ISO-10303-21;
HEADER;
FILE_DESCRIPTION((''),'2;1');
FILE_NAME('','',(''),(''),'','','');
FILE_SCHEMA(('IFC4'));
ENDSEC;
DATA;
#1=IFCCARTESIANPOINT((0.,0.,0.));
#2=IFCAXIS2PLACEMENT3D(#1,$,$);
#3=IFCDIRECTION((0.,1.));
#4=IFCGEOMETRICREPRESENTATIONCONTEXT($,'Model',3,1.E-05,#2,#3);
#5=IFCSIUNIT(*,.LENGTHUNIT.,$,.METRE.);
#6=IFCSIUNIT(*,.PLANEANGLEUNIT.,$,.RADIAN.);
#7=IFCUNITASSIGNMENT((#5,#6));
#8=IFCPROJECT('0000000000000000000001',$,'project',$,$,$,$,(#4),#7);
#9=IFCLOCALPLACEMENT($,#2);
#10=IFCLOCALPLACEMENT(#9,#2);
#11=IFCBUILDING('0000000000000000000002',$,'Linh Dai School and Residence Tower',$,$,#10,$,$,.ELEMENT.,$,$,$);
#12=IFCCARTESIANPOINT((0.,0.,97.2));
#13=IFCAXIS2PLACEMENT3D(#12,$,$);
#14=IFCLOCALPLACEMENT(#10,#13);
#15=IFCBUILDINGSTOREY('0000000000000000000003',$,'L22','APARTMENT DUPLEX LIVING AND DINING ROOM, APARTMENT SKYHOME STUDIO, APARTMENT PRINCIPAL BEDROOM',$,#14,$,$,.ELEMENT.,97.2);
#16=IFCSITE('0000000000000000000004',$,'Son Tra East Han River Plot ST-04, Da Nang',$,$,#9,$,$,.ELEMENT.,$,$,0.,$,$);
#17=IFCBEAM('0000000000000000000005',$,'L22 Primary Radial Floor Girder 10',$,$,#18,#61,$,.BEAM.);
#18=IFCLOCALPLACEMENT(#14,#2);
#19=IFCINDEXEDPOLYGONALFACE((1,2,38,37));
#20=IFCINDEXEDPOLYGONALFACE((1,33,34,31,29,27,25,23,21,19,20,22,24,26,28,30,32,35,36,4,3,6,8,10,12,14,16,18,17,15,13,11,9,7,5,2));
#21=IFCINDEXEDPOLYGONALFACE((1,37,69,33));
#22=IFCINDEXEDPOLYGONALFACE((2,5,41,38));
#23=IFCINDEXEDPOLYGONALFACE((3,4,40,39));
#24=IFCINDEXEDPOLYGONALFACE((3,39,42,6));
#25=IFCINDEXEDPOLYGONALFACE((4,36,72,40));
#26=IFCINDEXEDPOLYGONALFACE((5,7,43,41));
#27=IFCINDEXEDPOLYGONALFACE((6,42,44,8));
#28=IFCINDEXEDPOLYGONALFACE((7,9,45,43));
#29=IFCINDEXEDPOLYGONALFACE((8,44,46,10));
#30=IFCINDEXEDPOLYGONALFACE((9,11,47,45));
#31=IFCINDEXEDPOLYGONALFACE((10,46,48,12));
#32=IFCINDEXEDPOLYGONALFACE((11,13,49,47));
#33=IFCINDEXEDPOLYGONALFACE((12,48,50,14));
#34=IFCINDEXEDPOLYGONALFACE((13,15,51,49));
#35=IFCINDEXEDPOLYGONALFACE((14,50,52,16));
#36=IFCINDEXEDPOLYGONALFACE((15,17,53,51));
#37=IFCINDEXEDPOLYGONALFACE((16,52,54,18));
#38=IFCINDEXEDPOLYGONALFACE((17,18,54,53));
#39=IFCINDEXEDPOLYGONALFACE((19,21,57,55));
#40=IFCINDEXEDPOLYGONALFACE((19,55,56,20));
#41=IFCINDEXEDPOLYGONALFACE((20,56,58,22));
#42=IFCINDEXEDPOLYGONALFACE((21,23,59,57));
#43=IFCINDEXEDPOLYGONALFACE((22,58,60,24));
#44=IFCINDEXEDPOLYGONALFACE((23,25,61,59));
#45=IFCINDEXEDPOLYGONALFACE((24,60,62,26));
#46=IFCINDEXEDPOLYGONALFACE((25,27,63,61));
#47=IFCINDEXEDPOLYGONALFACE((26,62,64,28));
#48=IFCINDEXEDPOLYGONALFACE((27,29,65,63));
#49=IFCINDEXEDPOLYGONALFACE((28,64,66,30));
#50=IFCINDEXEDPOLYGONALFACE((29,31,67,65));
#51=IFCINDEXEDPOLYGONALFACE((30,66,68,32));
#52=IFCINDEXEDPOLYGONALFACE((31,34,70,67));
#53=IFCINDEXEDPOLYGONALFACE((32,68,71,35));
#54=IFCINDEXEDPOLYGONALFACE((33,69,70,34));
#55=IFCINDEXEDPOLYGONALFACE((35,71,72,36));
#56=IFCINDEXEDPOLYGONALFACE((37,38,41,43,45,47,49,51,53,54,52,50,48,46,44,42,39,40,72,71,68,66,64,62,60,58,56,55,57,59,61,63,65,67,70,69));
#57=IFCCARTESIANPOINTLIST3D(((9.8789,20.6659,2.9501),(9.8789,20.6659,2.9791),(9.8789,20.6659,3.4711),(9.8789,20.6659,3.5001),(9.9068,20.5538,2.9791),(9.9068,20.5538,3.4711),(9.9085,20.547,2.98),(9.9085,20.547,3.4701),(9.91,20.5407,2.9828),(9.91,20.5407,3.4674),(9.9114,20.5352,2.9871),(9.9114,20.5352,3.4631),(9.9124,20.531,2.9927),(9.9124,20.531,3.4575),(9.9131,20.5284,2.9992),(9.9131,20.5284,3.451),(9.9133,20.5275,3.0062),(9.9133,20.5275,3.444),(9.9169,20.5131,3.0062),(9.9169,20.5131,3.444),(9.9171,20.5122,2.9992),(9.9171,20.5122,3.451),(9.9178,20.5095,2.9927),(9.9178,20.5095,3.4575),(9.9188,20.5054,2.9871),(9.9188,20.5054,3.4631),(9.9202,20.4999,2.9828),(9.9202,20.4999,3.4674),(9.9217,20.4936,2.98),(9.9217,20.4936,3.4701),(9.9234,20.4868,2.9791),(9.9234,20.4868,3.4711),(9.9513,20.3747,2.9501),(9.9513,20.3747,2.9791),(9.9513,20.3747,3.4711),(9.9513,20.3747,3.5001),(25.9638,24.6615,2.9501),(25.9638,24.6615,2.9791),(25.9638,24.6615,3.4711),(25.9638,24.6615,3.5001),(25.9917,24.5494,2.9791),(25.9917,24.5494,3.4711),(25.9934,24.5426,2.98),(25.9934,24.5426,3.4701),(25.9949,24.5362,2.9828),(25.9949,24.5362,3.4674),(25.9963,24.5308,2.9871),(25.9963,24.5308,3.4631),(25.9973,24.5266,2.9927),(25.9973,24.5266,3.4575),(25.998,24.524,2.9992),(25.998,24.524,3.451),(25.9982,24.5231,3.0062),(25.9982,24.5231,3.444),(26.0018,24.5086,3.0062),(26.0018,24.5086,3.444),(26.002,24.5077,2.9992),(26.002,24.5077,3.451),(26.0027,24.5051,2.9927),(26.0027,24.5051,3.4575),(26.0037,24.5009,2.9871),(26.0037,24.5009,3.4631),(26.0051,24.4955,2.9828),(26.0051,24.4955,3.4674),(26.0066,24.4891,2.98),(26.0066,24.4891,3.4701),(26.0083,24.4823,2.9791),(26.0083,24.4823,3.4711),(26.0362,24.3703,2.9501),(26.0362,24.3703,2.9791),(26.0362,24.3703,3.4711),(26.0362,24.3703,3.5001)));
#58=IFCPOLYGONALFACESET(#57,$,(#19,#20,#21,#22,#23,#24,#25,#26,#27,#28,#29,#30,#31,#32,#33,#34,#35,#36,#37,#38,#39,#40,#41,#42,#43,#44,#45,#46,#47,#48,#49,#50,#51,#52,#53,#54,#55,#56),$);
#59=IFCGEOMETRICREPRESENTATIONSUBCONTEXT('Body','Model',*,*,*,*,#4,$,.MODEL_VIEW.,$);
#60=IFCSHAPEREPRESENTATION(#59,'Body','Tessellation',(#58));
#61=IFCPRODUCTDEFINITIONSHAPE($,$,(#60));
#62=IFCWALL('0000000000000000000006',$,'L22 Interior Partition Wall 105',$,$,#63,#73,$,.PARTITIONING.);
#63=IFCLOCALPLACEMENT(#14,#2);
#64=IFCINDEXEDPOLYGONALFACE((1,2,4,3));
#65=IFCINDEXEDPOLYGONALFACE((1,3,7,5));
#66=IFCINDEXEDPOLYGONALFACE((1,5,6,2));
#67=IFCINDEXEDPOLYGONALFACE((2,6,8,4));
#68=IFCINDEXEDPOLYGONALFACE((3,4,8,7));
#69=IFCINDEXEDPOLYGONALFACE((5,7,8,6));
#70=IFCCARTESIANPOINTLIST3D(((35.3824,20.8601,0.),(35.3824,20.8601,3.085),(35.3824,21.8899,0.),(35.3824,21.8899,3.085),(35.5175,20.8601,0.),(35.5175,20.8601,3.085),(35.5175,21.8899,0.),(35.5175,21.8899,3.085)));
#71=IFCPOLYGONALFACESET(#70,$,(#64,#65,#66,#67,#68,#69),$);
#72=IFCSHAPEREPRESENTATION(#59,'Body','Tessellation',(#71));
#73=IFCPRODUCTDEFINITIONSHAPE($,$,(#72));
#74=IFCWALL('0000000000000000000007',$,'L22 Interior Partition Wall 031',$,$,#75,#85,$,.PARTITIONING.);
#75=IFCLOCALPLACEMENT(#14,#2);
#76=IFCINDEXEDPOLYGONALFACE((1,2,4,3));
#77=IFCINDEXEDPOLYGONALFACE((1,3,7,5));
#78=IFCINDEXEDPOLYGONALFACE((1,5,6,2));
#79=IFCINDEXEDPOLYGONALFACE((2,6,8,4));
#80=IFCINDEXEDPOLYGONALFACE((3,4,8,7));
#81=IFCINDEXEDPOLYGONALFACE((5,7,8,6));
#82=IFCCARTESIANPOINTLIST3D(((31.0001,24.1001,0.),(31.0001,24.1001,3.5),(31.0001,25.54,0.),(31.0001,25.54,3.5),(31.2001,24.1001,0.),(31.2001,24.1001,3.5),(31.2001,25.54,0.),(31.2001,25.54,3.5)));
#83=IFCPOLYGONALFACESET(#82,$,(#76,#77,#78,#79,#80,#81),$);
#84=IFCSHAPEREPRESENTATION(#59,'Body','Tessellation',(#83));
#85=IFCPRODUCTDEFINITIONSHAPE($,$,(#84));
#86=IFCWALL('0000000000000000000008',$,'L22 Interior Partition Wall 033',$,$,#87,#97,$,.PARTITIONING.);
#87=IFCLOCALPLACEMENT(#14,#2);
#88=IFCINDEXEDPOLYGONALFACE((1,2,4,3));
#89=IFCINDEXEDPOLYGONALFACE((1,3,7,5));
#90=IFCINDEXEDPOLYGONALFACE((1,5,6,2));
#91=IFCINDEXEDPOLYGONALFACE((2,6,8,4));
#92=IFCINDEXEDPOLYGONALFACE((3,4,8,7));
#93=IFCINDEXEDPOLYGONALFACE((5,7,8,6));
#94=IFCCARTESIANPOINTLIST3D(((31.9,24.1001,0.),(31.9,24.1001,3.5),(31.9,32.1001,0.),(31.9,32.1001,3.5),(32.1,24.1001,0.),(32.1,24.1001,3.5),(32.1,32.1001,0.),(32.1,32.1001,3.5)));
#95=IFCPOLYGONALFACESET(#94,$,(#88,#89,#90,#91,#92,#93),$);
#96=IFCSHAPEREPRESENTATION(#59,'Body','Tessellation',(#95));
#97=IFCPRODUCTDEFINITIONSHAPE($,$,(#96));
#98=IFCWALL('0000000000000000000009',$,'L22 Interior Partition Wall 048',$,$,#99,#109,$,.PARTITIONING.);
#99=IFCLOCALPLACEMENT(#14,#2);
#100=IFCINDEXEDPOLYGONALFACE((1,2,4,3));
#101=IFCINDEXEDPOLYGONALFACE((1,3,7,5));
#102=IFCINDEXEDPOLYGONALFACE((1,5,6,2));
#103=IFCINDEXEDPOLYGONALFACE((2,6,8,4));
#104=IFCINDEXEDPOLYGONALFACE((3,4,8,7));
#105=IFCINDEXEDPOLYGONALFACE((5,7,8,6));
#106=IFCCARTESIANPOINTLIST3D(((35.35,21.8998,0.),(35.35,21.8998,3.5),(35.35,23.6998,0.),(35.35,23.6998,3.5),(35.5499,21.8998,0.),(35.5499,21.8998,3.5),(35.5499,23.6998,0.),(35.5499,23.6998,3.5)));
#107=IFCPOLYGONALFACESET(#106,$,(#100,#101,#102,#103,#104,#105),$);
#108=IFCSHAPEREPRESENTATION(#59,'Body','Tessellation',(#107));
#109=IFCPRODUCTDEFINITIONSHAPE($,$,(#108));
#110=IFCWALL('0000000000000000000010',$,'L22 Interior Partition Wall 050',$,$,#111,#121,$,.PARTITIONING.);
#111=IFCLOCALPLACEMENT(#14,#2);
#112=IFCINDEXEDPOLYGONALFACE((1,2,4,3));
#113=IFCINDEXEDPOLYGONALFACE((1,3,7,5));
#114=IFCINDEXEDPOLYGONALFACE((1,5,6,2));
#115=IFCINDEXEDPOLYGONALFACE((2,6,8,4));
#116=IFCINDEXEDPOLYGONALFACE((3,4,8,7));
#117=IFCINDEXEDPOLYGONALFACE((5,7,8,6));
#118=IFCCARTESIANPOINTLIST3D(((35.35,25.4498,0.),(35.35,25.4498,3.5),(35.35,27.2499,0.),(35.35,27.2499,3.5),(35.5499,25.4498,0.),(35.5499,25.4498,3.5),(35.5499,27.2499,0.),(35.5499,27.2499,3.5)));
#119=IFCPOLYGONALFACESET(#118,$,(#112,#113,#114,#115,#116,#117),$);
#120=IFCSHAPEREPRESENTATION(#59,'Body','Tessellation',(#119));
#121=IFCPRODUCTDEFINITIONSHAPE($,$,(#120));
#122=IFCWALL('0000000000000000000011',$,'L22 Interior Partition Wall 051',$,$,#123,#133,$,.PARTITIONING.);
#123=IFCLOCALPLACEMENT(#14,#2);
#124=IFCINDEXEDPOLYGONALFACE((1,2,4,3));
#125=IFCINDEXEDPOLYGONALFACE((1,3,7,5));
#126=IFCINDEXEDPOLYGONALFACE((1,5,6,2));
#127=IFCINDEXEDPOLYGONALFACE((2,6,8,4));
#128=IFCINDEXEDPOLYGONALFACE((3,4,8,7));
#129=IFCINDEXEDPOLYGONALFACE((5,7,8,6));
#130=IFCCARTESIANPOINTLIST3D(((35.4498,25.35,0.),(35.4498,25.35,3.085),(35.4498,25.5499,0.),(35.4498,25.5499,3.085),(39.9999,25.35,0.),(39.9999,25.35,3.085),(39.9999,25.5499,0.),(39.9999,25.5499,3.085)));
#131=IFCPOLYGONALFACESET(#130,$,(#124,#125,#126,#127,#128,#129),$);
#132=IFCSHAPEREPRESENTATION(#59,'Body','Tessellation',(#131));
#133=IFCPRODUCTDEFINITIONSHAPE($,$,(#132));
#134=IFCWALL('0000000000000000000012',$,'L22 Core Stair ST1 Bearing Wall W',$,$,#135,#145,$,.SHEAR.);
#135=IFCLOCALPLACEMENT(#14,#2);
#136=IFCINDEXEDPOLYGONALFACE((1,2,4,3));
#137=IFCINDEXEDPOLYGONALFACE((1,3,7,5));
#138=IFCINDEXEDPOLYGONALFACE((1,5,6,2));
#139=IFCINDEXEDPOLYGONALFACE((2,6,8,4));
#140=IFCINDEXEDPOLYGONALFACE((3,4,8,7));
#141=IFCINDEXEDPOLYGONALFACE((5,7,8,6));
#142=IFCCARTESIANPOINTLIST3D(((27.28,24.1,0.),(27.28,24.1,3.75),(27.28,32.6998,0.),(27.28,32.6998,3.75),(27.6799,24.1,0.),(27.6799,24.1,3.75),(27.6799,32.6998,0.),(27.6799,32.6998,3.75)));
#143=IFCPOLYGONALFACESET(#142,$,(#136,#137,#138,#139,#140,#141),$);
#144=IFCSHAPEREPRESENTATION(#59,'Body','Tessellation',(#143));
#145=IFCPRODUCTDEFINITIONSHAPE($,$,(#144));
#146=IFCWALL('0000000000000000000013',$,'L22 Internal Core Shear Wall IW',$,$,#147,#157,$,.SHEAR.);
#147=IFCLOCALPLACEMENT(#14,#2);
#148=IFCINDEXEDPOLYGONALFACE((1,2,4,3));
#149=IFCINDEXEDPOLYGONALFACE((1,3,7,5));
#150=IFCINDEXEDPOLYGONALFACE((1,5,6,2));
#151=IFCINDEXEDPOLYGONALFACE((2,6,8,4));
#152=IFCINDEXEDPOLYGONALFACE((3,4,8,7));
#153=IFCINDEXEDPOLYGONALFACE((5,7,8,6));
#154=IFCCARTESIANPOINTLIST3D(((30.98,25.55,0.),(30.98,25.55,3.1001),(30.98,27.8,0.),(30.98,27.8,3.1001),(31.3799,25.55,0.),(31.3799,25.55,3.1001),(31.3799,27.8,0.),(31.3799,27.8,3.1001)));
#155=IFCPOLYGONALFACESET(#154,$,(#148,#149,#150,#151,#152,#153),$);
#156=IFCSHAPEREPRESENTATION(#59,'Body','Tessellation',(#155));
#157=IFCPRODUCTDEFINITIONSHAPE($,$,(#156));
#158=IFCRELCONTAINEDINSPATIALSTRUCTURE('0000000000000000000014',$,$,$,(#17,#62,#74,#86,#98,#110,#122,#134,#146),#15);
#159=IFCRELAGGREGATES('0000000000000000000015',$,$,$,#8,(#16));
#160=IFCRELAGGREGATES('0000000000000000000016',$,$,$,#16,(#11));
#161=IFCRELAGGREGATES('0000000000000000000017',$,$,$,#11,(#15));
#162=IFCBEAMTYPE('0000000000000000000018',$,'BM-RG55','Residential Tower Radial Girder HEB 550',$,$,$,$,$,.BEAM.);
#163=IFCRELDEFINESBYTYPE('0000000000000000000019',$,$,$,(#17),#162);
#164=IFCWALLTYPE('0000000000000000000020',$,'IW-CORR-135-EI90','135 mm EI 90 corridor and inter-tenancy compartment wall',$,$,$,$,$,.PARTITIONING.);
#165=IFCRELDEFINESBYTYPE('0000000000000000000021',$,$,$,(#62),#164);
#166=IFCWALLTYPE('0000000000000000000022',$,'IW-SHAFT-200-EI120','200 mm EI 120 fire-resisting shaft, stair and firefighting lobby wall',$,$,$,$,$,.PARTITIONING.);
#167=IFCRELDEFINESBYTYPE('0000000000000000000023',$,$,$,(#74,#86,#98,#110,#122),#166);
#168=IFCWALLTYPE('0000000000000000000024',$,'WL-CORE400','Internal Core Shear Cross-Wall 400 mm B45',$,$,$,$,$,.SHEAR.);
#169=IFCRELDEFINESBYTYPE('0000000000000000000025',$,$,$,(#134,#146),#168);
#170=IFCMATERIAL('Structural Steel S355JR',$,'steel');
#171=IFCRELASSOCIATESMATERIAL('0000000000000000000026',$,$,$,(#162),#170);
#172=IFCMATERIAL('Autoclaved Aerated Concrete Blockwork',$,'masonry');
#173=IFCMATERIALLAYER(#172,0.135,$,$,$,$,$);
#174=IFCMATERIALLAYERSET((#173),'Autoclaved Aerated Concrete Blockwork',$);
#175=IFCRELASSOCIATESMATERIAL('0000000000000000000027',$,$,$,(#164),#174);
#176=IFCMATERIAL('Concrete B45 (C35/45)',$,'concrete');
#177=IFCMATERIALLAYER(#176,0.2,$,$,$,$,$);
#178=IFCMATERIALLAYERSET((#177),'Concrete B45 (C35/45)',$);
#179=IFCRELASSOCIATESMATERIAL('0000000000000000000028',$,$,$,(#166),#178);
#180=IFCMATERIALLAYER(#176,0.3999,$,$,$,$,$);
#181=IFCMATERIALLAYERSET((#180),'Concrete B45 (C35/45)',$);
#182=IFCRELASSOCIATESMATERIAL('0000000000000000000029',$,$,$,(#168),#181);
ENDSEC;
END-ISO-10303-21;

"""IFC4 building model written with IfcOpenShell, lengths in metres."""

from ifc_helpers import new_model, si_unit, direction, frame, frame_2d, origin, origin_2d, place, context, subcontext, project, spatial, rectangle, i_section, extrude, material, layer, layer_set, material_profile, profile_set, type_object, element, save


model = new_model("IFC4")

# Units and contexts
model_context = context("Model", 3, precision=1e-05, world=origin(), true_north=direction((0.0, 1.0)))
body_context = subcontext(model_context, "Body", "Model", "MODEL_VIEW")
ifc_project = project(units=[si_unit("LENGTHUNIT", "METRE"), si_unit("PLANEANGLEUNIT", "RADIAN")], contexts=[model_context])

# Site, building, storey
site_placement = place(None, origin())
site = spatial("IfcSite", under=ifc_project, at=site_placement, Name="Son Tra East Han River Plot ST-04, Da Nang", CompositionType="ELEMENT", RefElevation=0.0)
building_placement = place(site_placement, origin())
building = spatial("IfcBuilding", under=site, at=building_placement, Name="Linh Dai School and Residence Tower", CompositionType="ELEMENT")
storey_placement = place(building_placement, frame((0.0, 0.0, 97.2)))
storey = spatial("IfcBuildingStorey", under=building, at=storey_placement, Name="L22", Description="APARTMENT DUPLEX LIVING AND DINING ROOM, APARTMENT SKYHOME STUDIO, APARTMENT PRINCIPAL BEDROOM", CompositionType="ELEMENT", Elevation=97.2)

# Shared definitions
ifc_material_1 = material(Name="Structural Steel S355JR", Category="steel")

# Beam
ifc_material_profile_1 = material_profile(ifc_material_1, i_section(OverallWidth=0.3, OverallDepth=0.55, WebThickness=0.0149, FlangeThickness=0.0291, FilletRadius=0.0271, at=origin_2d()), Name="HEB 550")
ifc_profile_set_1 = profile_set([ifc_material_profile_1], Name="Structural Steel S355JR")
beam_type = type_object("IfcBeamType", Name="BM-RG55", Description="Residential Tower Radial Girder HEB 550", PredefinedType="BEAM", material=ifc_profile_set_1)
beam_placement = place(storey_placement, frame((26.0, 24.5159, 3.2251), z_axis=(-0.970505, -0.24108, 0.0), x_axis=(0.24108, -0.970505, 0.0)))
element("IfcBeam", 1, at=beam_placement, inside=storey, type_object=beam_type, Name="L22 Primary Radial Floor Girder 10", PredefinedType="BEAM", context=body_context, shape_type="SweptSolid", body=[
    extrude(i_section(OverallWidth=0.3, OverallDepth=0.55, WebThickness=0.0149, FlangeThickness=0.0291, FilletRadius=0.0271, at=origin_2d()), origin(), (0.0, 0.0, 1.0), 16.5737),
])

# Wall
ifc_material_2 = material(Name="Autoclaved Aerated Concrete Blockwork", Category="masonry")
ifc_layer_1 = layer(ifc_material_2, 0.135)
ifc_layer_set_1 = layer_set([ifc_layer_1], Name="Autoclaved Aerated Concrete Blockwork")
wall_type_1 = type_object("IfcWallType", Name="IW-CORR-135-EI90", Description="135 mm EI 90 corridor and inter-tenancy compartment wall", PredefinedType="PARTITIONING", material=ifc_layer_set_1)
wall_1_placement = place(storey_placement, frame((35.45, 21.8899, 0.0), z_axis=(0.0, 0.0, 1.0), x_axis=(0.0, -1.0, 0.0)))
element("IfcWall", 2, at=wall_1_placement, inside=storey, type_object=wall_type_1, Name="L22 Interior Partition Wall 105", PredefinedType="PARTITIONING", context=body_context, shape_type="SweptSolid", body=[
    extrude(rectangle(XDim=1.0298, YDim=0.135, at=frame_2d((0.5149, 0.0))), origin(), (0.0, 0.0, 1.0), 3.085),
])

# Shared definitions
ifc_material_3 = material(Name="Concrete B45 (C35/45)", Category="concrete")
ifc_layer_2 = layer(ifc_material_3, 0.2)
ifc_layer_set_2 = layer_set([ifc_layer_2], Name="Concrete B45 (C35/45)")
wall_type_2 = type_object("IfcWallType", Name="IW-SHAFT-200-EI120", Description="200 mm EI 120 fire-resisting shaft, stair and firefighting lobby wall", PredefinedType="PARTITIONING", material=ifc_layer_set_2)

# Walls
wall_2_placement = place(storey_placement, frame((31.1001, 24.1001, 0.0), z_axis=(0.0, 0.0, 1.0), x_axis=(0.0, 1.0, 0.0)))
element("IfcWall", 3, at=wall_2_placement, inside=storey, type_object=wall_type_2, Name="L22 Interior Partition Wall 031", PredefinedType="PARTITIONING", context=body_context, shape_type="SweptSolid", body=[
    extrude(rectangle(XDim=1.4399, YDim=0.2, at=frame_2d((0.72, 0.0))), origin(), (0.0, 0.0, 1.0), 3.5),
])
wall_3_placement = place(storey_placement, frame((32.0, 24.1001, 0.0), z_axis=(0.0, 0.0, 1.0), x_axis=(0.0, 1.0, 0.0)))
element("IfcWall", 4, at=wall_3_placement, inside=storey, type_object=wall_type_2, Name="L22 Interior Partition Wall 033", PredefinedType="PARTITIONING", context=body_context, shape_type="SweptSolid", body=[
    extrude(rectangle(XDim=8.0, YDim=0.2, at=frame_2d((4.0, 0.0))), origin(), (0.0, 0.0, 1.0), 3.5),
])

# Wall
wall_4_placement = place(storey_placement, frame((35.45, 21.8999, 0.0), z_axis=(0.0, 0.0, 1.0), x_axis=(0.0, 1.0, 0.0)))
element("IfcWall", 5, at=wall_4_placement, inside=storey, type_object=wall_type_2, Name="L22 Interior Partition Wall 048", PredefinedType="PARTITIONING", context=body_context, shape_type="SweptSolid", body=[
    extrude(rectangle(XDim=1.8, YDim=0.2, at=frame_2d((0.8999, 0.0))), origin(), (0.0, 0.0, 1.0), 3.5),
])

# Walls
wall_5_placement = place(storey_placement, frame((35.45, 25.45, 0.0), z_axis=(0.0, 0.0, 1.0), x_axis=(0.0, 1.0, 0.0)))
element("IfcWall", 6, at=wall_5_placement, inside=storey, type_object=wall_type_2, Name="L22 Interior Partition Wall 050", PredefinedType="PARTITIONING", context=body_context, shape_type="SweptSolid", body=[
    extrude(rectangle(XDim=1.8, YDim=0.2, at=frame_2d((0.8999, 0.0))), origin(), (0.0, 0.0, 1.0), 3.5),
])
wall_6_placement = place(storey_placement, frame((35.45, 25.45, 0.0), z_axis=(0.0, 0.0, 1.0), x_axis=(1.0, 0.0, 0.0)))
element("IfcWall", 7, at=wall_6_placement, inside=storey, type_object=wall_type_2, Name="L22 Interior Partition Wall 051", PredefinedType="PARTITIONING", context=body_context, shape_type="SweptSolid", body=[
    extrude(rectangle(XDim=4.55, YDim=0.2, at=frame_2d((2.2749, 0.0))), origin(), (0.0, 0.0, 1.0), 3.085),
])
ifc_layer_3 = layer(ifc_material_3, 0.3999)
ifc_layer_set_3 = layer_set([ifc_layer_3], Name="Concrete B45 (C35/45)")
wall_type_3 = type_object("IfcWallType", Name="WL-CORE400", Description="Internal Core Shear Cross-Wall 400 mm B45", PredefinedType="SHEAR", material=ifc_layer_set_3)
wall_7_placement = place(storey_placement, frame((27.48, 24.1001, 0.0), z_axis=(0.0, 0.0, 1.0), x_axis=(0.0, 1.0, 0.0)))
element("IfcWall", 8, at=wall_7_placement, inside=storey, type_object=wall_type_3, Name="L22 Core Stair ST1 Bearing Wall W", PredefinedType="SHEAR", context=body_context, shape_type="SweptSolid", body=[
    extrude(rectangle(XDim=8.5999, YDim=0.3999, at=frame_2d((4.2998, 0.0))), origin(), (0.0, 0.0, 1.0), 3.75),
])
wall_8_placement = place(storey_placement, frame((31.1799, 25.55, 0.0), z_axis=(0.0, 0.0, 1.0), x_axis=(0.0, 1.0, 0.0)))
element("IfcWall", 9, at=wall_8_placement, inside=storey, type_object=wall_type_3, Name="L22 Internal Core Shear Wall IW", PredefinedType="SHEAR", context=body_context, shape_type="SweptSolid", body=[
    extrude(rectangle(XDim=2.25, YDim=0.3999, at=frame_2d((1.125, 0.0))), origin(), (0.0, 0.0, 1.0), 3.1001),
])

save(model, "model.ifc")
